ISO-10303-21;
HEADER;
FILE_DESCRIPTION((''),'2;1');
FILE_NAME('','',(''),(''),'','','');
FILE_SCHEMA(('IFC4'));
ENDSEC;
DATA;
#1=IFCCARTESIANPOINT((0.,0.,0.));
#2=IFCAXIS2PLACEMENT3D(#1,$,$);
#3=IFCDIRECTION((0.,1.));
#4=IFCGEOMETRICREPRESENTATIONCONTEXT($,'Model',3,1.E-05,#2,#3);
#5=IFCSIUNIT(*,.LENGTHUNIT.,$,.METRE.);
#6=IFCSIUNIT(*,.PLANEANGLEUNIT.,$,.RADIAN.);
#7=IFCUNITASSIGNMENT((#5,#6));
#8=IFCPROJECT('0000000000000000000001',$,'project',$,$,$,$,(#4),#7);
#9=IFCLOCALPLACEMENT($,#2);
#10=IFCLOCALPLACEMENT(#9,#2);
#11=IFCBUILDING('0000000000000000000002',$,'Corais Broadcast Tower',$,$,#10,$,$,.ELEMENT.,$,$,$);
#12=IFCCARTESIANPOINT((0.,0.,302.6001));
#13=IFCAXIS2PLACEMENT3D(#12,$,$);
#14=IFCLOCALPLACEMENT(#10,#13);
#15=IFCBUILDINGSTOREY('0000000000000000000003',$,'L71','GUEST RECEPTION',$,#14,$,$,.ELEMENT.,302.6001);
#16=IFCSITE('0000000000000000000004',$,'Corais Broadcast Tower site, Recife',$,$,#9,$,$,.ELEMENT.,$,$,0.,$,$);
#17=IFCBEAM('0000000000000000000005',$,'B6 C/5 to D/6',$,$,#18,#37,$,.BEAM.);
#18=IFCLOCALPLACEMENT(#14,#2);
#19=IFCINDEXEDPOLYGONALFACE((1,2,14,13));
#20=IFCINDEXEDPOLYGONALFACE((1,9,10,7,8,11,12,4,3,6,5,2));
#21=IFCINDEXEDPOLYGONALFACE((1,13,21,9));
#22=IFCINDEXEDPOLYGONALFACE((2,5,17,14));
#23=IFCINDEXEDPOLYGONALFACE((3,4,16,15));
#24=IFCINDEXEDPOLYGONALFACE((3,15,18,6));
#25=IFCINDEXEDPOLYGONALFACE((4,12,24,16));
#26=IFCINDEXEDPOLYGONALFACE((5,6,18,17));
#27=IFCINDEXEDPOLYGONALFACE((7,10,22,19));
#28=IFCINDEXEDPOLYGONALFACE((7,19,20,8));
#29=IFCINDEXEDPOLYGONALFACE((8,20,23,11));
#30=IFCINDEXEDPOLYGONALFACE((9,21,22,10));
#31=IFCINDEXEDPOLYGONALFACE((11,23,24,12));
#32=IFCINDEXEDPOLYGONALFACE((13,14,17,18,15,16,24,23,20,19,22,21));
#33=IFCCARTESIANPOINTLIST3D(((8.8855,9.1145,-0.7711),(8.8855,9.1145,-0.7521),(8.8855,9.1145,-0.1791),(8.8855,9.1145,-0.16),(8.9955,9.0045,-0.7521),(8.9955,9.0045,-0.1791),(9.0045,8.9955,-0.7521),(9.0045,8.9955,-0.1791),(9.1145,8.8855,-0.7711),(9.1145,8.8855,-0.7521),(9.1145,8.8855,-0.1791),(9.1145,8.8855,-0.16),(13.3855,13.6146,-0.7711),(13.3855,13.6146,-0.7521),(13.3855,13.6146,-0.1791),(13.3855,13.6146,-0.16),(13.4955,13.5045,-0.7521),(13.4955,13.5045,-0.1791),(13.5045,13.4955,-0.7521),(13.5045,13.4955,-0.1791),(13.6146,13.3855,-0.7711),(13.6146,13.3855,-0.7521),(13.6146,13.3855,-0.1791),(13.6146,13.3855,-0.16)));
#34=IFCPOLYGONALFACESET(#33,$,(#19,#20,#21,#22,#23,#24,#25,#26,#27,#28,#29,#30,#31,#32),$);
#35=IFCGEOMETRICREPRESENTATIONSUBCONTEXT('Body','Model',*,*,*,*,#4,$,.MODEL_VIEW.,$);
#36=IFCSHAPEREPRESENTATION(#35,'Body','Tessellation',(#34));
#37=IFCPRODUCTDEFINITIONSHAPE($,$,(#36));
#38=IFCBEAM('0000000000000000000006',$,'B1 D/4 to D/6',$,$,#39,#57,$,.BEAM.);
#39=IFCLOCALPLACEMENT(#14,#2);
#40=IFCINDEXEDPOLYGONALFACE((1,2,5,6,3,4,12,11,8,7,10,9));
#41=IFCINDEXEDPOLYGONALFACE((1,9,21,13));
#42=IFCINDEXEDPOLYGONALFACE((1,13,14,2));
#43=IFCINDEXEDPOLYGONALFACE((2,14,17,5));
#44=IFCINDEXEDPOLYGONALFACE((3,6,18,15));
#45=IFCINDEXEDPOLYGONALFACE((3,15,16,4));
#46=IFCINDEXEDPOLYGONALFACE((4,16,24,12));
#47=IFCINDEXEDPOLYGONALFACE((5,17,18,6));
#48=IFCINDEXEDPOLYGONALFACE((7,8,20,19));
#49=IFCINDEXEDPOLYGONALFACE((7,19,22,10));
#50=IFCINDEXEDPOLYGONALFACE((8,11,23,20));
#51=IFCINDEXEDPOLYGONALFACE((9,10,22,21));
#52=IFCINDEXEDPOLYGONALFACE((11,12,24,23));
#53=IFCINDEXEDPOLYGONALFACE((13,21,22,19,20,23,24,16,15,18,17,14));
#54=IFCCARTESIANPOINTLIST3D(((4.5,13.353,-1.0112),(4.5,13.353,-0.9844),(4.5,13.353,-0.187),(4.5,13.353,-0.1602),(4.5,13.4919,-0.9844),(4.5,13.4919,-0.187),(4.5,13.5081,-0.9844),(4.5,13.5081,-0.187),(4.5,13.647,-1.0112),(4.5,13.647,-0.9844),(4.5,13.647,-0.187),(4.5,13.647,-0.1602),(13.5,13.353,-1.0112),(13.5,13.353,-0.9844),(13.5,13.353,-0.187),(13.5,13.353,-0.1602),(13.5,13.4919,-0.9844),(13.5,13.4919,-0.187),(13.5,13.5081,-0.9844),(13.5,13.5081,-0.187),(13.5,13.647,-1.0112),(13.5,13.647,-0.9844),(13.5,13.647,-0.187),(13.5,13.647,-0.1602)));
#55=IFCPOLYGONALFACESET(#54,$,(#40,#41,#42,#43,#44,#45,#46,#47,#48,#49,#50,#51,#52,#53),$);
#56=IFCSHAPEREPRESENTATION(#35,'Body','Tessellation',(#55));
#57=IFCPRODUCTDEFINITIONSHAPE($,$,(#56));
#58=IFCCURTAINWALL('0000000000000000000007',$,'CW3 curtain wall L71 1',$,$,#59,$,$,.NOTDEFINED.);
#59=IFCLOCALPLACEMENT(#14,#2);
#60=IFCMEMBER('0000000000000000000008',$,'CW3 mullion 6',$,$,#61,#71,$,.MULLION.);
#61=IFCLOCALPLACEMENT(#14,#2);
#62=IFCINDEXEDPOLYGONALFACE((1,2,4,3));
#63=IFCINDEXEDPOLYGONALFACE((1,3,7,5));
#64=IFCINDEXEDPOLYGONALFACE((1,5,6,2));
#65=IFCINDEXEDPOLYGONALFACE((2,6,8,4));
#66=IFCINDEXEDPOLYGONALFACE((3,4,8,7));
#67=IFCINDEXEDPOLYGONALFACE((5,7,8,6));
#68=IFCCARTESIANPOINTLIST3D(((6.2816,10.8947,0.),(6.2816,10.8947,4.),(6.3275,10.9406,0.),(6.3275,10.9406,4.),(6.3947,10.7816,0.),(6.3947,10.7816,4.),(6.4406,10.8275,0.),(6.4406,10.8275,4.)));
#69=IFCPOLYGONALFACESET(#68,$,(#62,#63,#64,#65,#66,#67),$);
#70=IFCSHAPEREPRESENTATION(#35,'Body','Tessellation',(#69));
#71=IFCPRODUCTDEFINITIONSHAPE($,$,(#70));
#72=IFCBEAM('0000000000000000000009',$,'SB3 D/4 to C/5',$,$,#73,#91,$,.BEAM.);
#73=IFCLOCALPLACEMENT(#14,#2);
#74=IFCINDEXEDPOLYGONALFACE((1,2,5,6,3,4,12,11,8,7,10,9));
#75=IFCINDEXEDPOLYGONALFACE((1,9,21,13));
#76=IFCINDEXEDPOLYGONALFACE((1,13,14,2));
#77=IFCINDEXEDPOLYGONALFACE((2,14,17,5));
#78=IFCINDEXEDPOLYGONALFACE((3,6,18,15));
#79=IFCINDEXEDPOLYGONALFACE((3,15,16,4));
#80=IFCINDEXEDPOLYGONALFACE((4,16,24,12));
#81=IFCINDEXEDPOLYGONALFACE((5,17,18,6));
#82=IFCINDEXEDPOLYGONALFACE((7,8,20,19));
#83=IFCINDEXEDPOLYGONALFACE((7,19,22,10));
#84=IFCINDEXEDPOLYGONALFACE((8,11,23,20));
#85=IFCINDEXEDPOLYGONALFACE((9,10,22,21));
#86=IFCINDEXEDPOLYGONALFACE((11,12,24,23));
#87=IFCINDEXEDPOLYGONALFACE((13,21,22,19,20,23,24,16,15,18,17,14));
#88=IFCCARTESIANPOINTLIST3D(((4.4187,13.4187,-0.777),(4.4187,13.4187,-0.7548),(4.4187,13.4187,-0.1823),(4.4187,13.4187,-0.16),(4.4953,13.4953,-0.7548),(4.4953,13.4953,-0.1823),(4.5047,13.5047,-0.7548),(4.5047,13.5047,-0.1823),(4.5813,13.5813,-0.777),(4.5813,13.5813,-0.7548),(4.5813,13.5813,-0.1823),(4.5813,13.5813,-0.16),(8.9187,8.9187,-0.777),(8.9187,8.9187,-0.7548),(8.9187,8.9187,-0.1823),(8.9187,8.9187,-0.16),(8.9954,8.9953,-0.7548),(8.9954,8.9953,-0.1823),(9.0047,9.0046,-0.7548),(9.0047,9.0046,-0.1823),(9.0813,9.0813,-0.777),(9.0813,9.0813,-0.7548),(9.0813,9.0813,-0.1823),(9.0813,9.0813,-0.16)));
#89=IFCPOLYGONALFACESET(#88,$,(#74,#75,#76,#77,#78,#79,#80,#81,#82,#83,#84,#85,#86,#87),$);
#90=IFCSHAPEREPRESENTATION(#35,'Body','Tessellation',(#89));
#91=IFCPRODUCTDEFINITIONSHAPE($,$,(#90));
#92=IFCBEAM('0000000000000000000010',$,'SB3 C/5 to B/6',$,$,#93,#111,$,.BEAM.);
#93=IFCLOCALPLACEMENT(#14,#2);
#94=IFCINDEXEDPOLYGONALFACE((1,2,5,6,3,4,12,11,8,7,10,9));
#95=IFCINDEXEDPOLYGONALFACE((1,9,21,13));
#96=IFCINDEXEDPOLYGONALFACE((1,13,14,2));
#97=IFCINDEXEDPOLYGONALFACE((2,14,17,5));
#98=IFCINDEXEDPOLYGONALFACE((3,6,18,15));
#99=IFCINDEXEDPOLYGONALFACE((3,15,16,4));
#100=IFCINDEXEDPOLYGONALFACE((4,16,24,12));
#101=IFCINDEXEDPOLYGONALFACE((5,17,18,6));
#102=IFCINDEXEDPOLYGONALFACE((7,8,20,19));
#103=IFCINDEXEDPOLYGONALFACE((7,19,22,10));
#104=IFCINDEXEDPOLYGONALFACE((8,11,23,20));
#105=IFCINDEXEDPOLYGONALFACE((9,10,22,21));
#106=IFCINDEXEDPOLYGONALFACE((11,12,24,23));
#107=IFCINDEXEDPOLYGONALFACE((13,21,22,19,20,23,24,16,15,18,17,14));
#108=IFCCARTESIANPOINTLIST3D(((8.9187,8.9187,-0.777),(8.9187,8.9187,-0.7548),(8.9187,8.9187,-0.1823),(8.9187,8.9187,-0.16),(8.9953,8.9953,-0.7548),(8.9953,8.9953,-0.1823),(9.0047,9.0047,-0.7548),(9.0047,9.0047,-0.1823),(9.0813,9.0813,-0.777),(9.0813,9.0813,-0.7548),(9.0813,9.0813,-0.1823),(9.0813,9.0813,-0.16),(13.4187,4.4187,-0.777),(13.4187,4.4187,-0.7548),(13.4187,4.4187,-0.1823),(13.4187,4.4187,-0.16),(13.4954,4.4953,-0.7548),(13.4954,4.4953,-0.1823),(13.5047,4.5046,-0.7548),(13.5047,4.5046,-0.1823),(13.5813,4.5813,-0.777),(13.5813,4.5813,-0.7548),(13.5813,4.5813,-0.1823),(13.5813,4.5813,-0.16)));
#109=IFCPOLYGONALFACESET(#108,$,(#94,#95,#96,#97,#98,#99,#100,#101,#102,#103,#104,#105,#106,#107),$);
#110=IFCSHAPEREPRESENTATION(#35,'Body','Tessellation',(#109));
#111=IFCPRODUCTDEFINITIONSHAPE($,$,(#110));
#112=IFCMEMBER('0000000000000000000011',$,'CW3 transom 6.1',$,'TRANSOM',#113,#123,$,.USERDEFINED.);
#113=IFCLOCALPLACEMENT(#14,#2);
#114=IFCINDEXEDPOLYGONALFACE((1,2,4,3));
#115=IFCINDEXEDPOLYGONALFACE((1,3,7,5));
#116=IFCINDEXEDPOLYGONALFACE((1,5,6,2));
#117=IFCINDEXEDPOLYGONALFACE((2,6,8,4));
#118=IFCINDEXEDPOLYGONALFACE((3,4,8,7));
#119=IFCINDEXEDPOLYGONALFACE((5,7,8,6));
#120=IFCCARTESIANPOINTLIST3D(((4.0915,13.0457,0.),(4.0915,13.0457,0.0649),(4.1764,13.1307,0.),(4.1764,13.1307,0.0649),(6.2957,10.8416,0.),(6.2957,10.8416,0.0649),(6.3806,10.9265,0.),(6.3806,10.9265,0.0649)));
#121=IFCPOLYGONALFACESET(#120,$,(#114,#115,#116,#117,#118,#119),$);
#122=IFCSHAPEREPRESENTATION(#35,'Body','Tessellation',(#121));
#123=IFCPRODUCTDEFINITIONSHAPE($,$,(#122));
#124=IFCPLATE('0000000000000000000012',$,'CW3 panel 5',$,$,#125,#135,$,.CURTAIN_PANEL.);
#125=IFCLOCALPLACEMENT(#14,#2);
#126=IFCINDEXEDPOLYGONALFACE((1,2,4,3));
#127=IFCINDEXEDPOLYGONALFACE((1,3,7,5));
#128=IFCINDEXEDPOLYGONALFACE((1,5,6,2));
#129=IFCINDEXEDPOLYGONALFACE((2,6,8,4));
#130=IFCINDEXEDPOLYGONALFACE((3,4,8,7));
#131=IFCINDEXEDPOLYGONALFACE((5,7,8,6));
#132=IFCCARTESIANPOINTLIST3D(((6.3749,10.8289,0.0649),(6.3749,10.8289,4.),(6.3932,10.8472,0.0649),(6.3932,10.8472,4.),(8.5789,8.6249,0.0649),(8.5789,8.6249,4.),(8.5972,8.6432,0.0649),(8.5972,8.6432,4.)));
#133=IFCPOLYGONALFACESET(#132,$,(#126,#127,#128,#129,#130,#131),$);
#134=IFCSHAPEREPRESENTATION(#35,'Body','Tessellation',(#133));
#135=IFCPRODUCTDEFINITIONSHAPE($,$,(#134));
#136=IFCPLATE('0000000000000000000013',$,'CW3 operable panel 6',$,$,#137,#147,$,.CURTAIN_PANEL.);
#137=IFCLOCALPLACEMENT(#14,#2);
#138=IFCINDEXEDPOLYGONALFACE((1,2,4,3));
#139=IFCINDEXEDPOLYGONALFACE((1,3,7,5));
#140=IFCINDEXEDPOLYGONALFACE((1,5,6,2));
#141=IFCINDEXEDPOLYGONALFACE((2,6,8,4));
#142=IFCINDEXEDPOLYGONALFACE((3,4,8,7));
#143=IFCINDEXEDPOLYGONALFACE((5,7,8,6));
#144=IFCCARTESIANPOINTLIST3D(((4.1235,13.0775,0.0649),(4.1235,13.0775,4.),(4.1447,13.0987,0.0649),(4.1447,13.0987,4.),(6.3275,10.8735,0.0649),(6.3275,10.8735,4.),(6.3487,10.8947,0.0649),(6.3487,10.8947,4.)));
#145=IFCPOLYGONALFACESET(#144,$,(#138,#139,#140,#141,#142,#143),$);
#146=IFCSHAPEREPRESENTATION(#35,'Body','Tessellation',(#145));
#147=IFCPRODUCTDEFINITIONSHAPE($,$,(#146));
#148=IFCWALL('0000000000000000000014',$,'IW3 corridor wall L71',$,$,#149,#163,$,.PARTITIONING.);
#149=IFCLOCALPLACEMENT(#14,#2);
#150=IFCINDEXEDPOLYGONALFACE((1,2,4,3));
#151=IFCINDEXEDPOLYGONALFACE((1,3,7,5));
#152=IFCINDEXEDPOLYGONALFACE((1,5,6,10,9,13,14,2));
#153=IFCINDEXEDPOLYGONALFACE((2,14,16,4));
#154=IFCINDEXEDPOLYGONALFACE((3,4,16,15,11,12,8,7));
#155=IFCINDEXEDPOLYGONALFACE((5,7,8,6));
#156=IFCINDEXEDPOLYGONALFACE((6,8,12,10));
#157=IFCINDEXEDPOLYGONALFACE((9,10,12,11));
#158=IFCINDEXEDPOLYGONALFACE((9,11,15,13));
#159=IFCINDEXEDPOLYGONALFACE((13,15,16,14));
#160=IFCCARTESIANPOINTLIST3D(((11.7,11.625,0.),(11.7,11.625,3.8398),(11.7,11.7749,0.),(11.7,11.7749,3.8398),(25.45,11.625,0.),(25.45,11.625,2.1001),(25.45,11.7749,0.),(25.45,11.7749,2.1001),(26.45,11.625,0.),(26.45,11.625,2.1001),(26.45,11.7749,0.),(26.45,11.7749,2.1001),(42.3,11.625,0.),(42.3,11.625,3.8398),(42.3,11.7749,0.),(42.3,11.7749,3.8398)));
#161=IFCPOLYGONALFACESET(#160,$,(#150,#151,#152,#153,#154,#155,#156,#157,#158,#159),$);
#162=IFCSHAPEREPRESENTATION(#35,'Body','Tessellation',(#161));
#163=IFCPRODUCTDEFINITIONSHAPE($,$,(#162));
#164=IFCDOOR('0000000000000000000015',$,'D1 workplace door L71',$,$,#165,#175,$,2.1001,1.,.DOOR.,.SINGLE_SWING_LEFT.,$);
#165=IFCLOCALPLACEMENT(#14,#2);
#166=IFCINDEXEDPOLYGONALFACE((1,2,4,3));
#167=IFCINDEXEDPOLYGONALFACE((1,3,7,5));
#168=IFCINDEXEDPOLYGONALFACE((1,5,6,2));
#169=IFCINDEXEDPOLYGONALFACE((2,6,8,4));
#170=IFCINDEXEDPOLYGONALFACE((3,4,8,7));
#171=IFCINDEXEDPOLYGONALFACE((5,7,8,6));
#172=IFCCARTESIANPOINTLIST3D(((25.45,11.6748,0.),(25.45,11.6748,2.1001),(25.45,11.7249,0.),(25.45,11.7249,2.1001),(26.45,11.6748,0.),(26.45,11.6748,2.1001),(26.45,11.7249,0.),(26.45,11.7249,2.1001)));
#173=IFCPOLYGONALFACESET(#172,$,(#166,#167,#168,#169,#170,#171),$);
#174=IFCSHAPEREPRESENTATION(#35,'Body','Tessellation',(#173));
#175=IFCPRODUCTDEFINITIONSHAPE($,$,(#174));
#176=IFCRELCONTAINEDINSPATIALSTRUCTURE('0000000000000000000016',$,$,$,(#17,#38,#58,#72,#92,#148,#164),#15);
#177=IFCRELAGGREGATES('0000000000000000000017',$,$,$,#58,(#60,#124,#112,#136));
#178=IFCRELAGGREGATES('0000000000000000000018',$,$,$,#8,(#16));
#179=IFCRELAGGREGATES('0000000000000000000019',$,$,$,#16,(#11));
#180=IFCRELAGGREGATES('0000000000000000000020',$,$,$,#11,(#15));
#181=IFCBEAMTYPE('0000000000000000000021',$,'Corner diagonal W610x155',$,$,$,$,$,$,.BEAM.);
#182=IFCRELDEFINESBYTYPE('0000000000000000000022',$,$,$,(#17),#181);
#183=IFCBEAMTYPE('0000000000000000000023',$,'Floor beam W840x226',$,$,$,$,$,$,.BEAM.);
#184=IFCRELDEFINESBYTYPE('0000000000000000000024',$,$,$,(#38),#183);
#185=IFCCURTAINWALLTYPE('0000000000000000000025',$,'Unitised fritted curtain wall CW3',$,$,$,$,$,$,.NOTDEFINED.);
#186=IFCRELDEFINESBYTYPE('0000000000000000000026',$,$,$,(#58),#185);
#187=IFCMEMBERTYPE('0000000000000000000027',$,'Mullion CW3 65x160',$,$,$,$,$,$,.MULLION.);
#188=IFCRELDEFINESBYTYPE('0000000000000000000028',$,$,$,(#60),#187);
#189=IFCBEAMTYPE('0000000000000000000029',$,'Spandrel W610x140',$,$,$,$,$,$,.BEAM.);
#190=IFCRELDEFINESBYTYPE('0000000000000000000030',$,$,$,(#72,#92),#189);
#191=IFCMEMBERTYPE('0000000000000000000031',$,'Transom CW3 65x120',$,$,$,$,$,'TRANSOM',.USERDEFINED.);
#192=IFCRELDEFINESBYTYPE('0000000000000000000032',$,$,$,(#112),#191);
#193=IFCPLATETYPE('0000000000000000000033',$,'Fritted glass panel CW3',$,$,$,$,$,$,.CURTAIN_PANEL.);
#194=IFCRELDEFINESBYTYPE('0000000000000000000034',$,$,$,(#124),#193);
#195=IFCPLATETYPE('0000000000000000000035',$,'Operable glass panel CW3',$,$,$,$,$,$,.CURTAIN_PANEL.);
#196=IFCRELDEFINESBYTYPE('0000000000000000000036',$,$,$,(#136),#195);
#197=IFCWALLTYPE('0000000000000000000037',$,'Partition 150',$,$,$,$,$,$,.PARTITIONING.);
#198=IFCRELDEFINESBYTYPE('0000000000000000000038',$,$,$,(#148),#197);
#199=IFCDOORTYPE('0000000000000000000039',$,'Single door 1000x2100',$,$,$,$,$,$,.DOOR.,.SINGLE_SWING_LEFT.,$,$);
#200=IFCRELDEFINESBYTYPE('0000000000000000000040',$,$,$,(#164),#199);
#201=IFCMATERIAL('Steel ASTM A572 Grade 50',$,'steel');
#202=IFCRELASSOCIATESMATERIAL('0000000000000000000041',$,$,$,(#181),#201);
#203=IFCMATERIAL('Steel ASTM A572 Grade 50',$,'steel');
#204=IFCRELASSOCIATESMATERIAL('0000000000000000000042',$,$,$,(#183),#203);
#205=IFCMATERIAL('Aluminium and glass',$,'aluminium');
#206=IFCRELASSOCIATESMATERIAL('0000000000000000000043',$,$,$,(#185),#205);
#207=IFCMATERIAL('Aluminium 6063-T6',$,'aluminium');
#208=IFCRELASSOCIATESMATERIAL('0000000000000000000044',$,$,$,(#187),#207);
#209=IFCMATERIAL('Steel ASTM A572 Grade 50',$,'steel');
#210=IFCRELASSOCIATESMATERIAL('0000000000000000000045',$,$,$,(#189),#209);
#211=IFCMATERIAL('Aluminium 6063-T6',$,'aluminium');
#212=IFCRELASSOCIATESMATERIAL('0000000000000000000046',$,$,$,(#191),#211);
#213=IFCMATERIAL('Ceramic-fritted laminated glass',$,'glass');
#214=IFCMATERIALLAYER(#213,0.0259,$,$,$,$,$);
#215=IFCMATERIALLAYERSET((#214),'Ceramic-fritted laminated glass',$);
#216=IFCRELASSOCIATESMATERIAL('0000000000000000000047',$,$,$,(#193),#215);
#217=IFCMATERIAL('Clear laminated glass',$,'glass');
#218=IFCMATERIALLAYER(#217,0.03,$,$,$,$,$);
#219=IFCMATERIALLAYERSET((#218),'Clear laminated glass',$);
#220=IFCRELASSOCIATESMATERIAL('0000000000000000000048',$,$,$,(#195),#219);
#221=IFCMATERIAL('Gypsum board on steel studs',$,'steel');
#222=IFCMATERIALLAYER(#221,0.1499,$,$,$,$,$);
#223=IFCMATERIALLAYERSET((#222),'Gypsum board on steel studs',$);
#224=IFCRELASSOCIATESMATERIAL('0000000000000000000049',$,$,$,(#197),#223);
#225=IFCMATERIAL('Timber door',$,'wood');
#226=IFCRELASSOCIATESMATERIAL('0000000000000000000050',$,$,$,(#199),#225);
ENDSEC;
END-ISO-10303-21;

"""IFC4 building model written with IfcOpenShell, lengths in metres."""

from ifc_helpers import new_model, si_unit, direction, frame, frame_2d, origin, origin_2d, place, context, subcontext, project, spatial, rectangle, i_section, extrude, material, layer, layer_set, material_profile, profile_set, type_object, element, fill, aggregate, save


model = new_model("IFC4")

# Units and contexts
model_context = context("Model", 3, precision=1e-05, world=origin(), true_north=direction((0.0, 1.0)))
body_context = subcontext(model_context, "Body", "Model", "MODEL_VIEW")
ifc_project = project(units=[si_unit("LENGTHUNIT", "METRE"), si_unit("PLANEANGLEUNIT", "RADIAN")], contexts=[model_context])

# Site, building, storey
site_placement = place(None, origin())
site = spatial("IfcSite", under=ifc_project, at=site_placement, Name="Corais Broadcast Tower site, Recife", CompositionType="ELEMENT", RefElevation=0.0)
building_placement = place(site_placement, origin())
building = spatial("IfcBuilding", under=site, at=building_placement, Name="Corais Broadcast Tower", CompositionType="ELEMENT")
storey_placement = place(building_placement, frame((0.0, 0.0, 302.6001)))
storey = spatial("IfcBuildingStorey", under=building, at=storey_placement, Name="L71", Description="GUEST RECEPTION", CompositionType="ELEMENT", Elevation=302.6001)

# Beams
ifc_material_1 = material(Name="Steel ASTM A572 Grade 50", Category="steel")
ifc_material_profile_1 = material_profile(ifc_material_1, i_section(OverallWidth=0.324, OverallDepth=0.6111, WebThickness=0.0127, FlangeThickness=0.019, at=origin_2d()), Name="W610x155")
ifc_profile_set_1 = profile_set([ifc_material_profile_1], Name="Steel ASTM A572 Grade 50")
beam_type_1 = type_object("IfcBeamType", Name="Corner diagonal W610x155", PredefinedType="BEAM", material=ifc_profile_set_1)
beam_1_placement = place(storey_placement, frame((9.0, 9.0, -0.4656), z_axis=(0.707107, 0.707107, 0.0), x_axis=(-0.707107, 0.707107, 0.0)))
element("IfcBeam", 1, at=beam_1_placement, inside=storey, type_object=beam_type_1, Name="B6 C/5 to D/6", PredefinedType="BEAM", context=body_context, shape_type="SweptSolid", body=[
    extrude(i_section(OverallWidth=0.324, OverallDepth=0.6111, WebThickness=0.0127, FlangeThickness=0.019, at=origin_2d()), origin(), (0.0, 0.0, 1.0), 6.364),
])
ifc_material_2 = material(Name="Steel ASTM A572 Grade 50", Category="steel")
ifc_material_profile_2 = material_profile(ifc_material_2, i_section(OverallWidth=0.2939, OverallDepth=0.8511, WebThickness=0.0161, FlangeThickness=0.0269, at=origin_2d()), Name="W840x226")
ifc_profile_set_2 = profile_set([ifc_material_profile_2], Name="Steel ASTM A572 Grade 50")
beam_type_2 = type_object("IfcBeamType", Name="Floor beam W840x226", PredefinedType="BEAM", material=ifc_profile_set_2)
beam_2_placement = place(storey_placement, frame((4.5, 13.5, -0.5857), z_axis=(1.0, 0.0, 0.0), x_axis=(0.0, 1.0, 0.0)))
element("IfcBeam", 2, at=beam_2_placement, inside=storey, type_object=beam_type_2, Name="B1 D/4 to D/6", PredefinedType="BEAM", context=body_context, shape_type="SweptSolid", body=[
    extrude(i_section(OverallWidth=0.2939, OverallDepth=0.8511, WebThickness=0.0161, FlangeThickness=0.0269, at=origin_2d()), origin(), (0.0, 0.0, 1.0), 9.0),
])

# Curtain wall, member
ifc_material_3 = material(Name="Aluminium and glass", Category="aluminium")
curtain_wall_type = type_object("IfcCurtainWallType", Name="Unitised fritted curtain wall CW3", PredefinedType="NOTDEFINED", material=ifc_material_3)
curtain_wall_placement = place(storey_placement, origin())
curtain_wall = element("IfcCurtainWall", 3, at=curtain_wall_placement, inside=storey, type_object=curtain_wall_type, Name="CW3 curtain wall L71 1", PredefinedType="NOTDEFINED")
ifc_material_4 = material(Name="Aluminium 6063-T6", Category="aluminium")
ifc_material_profile_3 = material_profile(ifc_material_4, rectangle(XDim=0.0649, YDim=0.1599, at=origin_2d()), Name="Mullion CW3 65x160")
ifc_profile_set_3 = profile_set([ifc_material_profile_3], Name="Aluminium 6063-T6")
member_type_1 = type_object("IfcMemberType", Name="Mullion CW3 65x160", PredefinedType="MULLION", material=ifc_profile_set_3)
member_1_placement = place(storey_placement, frame((6.3611, 10.8611, 0.0), z_axis=(0.0, 0.0, 1.0), x_axis=(-0.707107, -0.707107, 0.0)))
member_1 = element("IfcMember", 4, at=member_1_placement, type_object=member_type_1, Name="CW3 mullion 6", PredefinedType="MULLION", context=body_context, shape_type="SweptSolid", body=[
    extrude(rectangle(XDim=0.0649, YDim=0.1599, at=origin_2d()), origin(), (0.0, 0.0, 1.0), 4.0),
])

# Beams
ifc_material_5 = material(Name="Steel ASTM A572 Grade 50", Category="steel")
ifc_material_profile_4 = material_profile(ifc_material_5, i_section(OverallWidth=0.23, OverallDepth=0.6169, WebThickness=0.0132, FlangeThickness=0.0222, at=origin_2d()), Name="W610x140")
ifc_profile_set_4 = profile_set([ifc_material_profile_4], Name="Steel ASTM A572 Grade 50")
beam_type_3 = type_object("IfcBeamType", Name="Spandrel W610x140", PredefinedType="BEAM", material=ifc_profile_set_4)
for number, where, z_axis, x_axis, name in (
    (5, (4.5, 13.5, -0.4685), (0.707107, -0.707107, 0.0), (0.707107, 0.707107, 0.0), "SB3 D/4 to C/5"),
    (6, (9.0, 9.0, -0.4685), (0.707107, -0.707107, 0.0), (0.707107, 0.707107, 0.0), "SB3 C/5 to B/6"),
):
    element("IfcBeam", number, at=place(storey_placement, frame(where, z_axis=z_axis, x_axis=x_axis)), inside=storey, type_object=beam_type_3, Name=name, PredefinedType="BEAM", context=body_context, shape_type="SweptSolid", body=[
        extrude(i_section(OverallWidth=0.23, OverallDepth=0.6169, WebThickness=0.0132, FlangeThickness=0.0222, at=origin_2d()), origin(), (0.0, 0.0, 1.0), 6.364),
    ])

# Member
ifc_material_6 = material(Name="Aluminium 6063-T6", Category="aluminium")
ifc_material_profile_5 = material_profile(ifc_material_6, rectangle(XDim=0.1201, YDim=0.0649, at=origin_2d()), Name="Transom CW3 65x120")
ifc_profile_set_5 = profile_set([ifc_material_profile_5], Name="Aluminium 6063-T6")
member_type_2 = type_object("IfcMemberType", Name="Transom CW3 65x120", ElementType="TRANSOM", PredefinedType="USERDEFINED", material=ifc_profile_set_5)
member_2_placement = place(storey_placement, frame((6.3381, 10.884, 0.0325), z_axis=(-0.707107, 0.707107, 0.0), x_axis=(-0.707107, -0.707107, 0.0)))
member_2 = element("IfcMember", 7, at=member_2_placement, type_object=member_type_2, Name="CW3 transom 6.1", ObjectType="TRANSOM", PredefinedType="USERDEFINED", context=body_context, shape_type="SweptSolid", body=[
    extrude(rectangle(XDim=0.1201, YDim=0.0649, at=origin_2d()), origin(), (0.0, 0.0, 1.0), 3.1172),
])

# Plates
ifc_material_7 = material(Name="Ceramic-fritted laminated glass", Category="glass")
ifc_layer_1 = layer(ifc_material_7, 0.0259)
ifc_layer_set_1 = layer_set([ifc_layer_1], Name="Ceramic-fritted laminated glass")
plate_type_1 = type_object("IfcPlateType", Name="Fritted glass panel CW3", PredefinedType="CURTAIN_PANEL", material=ifc_layer_set_1)
plate_1_placement = place(storey_placement, frame((7.4861, 9.7361, 0.0649), z_axis=(0.0, 0.0, 1.0), x_axis=(-0.707107, 0.707107, 0.0)))
plate_1 = element("IfcPlate", 8, at=plate_1_placement, type_object=plate_type_1, Name="CW3 panel 5", PredefinedType="CURTAIN_PANEL", context=body_context, shape_type="SweptSolid", body=[
    extrude(rectangle(XDim=3.1169, YDim=0.0259, at=origin_2d()), origin(), (0.0, 0.0, 1.0), 3.9351),
])
ifc_material_8 = material(Name="Clear laminated glass", Category="glass")
ifc_layer_2 = layer(ifc_material_8, 0.03)
ifc_layer_set_2 = layer_set([ifc_layer_2], Name="Clear laminated glass")
plate_type_2 = type_object("IfcPlateType", Name="Operable glass panel CW3", PredefinedType="CURTAIN_PANEL", material=ifc_layer_set_2)
plate_2_placement = place(storey_placement, frame((5.2361, 11.9861, 0.0649), z_axis=(0.0, 0.0, 1.0), x_axis=(-0.707107, 0.707107, 0.0)))
plate_2 = element("IfcPlate", 9, at=plate_2_placement, type_object=plate_type_2, Name="CW3 operable panel 6", PredefinedType="CURTAIN_PANEL", context=body_context, shape_type="SweptSolid", body=[
    extrude(rectangle(XDim=3.1169, YDim=0.03, at=origin_2d()), origin(), (0.0, 0.0, 1.0), 3.9351),
])
aggregate(curtain_wall, [member_1, plate_1, member_2, plate_2])

# Wall, opening, door
ifc_material_9 = material(Name="Gypsum board on steel studs", Category="steel")
ifc_layer_3 = layer(ifc_material_9, 0.1499)
ifc_layer_set_3 = layer_set([ifc_layer_3], Name="Gypsum board on steel studs")
wall_type = type_object("IfcWallType", Name="Partition 150", PredefinedType="PARTITIONING", material=ifc_layer_set_3)
wall_1_placement = place(storey_placement, frame((11.7, 11.7, 0.0), z_axis=(0.0, 0.0, 1.0), x_axis=(1.0, 0.0, 0.0)))
wall_1 = element("IfcWall", 10, at=wall_1_placement, inside=storey, type_object=wall_type, Name="IW3 corridor wall L71", PredefinedType="PARTITIONING", context=body_context, shape_type="SweptSolid", body=[
    extrude(rectangle(XDim=30.6001, YDim=0.1499, at=frame_2d((15.3, 0.0))), origin(), (0.0, 0.0, 1.0), 3.8398),
])
opening_placement = place(wall_1_placement, frame((13.75, 0.0, 0.0)))
opening = element("IfcOpeningElement", 11, at=opening_placement, cuts=wall_1, PredefinedType="OPENING", context=body_context, shape_type="SweptSolid", body=[
    extrude(rectangle(XDim=1.0, YDim=2.1001, at=frame_2d((0.5, 1.05))), frame((0.0, 0.085, 0.0), z_axis=(0.0, -1.0, 0.0), x_axis=(1.0, 0.0, 0.0)), (0.0, 0.0, 1.0), 0.1699),
])
ifc_material_10 = material(Name="Timber door", Category="wood")
door_type = type_object("IfcDoorType", Name="Single door 1000x2100", OperationType="SINGLE_SWING_LEFT", PredefinedType="DOOR", material=ifc_material_10)
door_placement = place(opening_placement, origin())
door = element("IfcDoor", 12, at=door_placement, inside=storey, type_object=door_type, Name="D1 workplace door L71", OperationType="SINGLE_SWING_LEFT", OverallHeight=2.1001, OverallWidth=1.0, PredefinedType="DOOR", context=body_context, shape_type="SweptSolid", body=[
    extrude(rectangle(XDim=1.0, YDim=2.1001, at=frame_2d((0.5, 1.05))), frame((0.0, 0.0249, 0.0), z_axis=(0.0, -1.0, 0.0), x_axis=(1.0, 0.0, 0.0)), (0.0, 0.0, 1.0), 0.05),
])
fill(opening, door)

save(model, "model.ifc")
